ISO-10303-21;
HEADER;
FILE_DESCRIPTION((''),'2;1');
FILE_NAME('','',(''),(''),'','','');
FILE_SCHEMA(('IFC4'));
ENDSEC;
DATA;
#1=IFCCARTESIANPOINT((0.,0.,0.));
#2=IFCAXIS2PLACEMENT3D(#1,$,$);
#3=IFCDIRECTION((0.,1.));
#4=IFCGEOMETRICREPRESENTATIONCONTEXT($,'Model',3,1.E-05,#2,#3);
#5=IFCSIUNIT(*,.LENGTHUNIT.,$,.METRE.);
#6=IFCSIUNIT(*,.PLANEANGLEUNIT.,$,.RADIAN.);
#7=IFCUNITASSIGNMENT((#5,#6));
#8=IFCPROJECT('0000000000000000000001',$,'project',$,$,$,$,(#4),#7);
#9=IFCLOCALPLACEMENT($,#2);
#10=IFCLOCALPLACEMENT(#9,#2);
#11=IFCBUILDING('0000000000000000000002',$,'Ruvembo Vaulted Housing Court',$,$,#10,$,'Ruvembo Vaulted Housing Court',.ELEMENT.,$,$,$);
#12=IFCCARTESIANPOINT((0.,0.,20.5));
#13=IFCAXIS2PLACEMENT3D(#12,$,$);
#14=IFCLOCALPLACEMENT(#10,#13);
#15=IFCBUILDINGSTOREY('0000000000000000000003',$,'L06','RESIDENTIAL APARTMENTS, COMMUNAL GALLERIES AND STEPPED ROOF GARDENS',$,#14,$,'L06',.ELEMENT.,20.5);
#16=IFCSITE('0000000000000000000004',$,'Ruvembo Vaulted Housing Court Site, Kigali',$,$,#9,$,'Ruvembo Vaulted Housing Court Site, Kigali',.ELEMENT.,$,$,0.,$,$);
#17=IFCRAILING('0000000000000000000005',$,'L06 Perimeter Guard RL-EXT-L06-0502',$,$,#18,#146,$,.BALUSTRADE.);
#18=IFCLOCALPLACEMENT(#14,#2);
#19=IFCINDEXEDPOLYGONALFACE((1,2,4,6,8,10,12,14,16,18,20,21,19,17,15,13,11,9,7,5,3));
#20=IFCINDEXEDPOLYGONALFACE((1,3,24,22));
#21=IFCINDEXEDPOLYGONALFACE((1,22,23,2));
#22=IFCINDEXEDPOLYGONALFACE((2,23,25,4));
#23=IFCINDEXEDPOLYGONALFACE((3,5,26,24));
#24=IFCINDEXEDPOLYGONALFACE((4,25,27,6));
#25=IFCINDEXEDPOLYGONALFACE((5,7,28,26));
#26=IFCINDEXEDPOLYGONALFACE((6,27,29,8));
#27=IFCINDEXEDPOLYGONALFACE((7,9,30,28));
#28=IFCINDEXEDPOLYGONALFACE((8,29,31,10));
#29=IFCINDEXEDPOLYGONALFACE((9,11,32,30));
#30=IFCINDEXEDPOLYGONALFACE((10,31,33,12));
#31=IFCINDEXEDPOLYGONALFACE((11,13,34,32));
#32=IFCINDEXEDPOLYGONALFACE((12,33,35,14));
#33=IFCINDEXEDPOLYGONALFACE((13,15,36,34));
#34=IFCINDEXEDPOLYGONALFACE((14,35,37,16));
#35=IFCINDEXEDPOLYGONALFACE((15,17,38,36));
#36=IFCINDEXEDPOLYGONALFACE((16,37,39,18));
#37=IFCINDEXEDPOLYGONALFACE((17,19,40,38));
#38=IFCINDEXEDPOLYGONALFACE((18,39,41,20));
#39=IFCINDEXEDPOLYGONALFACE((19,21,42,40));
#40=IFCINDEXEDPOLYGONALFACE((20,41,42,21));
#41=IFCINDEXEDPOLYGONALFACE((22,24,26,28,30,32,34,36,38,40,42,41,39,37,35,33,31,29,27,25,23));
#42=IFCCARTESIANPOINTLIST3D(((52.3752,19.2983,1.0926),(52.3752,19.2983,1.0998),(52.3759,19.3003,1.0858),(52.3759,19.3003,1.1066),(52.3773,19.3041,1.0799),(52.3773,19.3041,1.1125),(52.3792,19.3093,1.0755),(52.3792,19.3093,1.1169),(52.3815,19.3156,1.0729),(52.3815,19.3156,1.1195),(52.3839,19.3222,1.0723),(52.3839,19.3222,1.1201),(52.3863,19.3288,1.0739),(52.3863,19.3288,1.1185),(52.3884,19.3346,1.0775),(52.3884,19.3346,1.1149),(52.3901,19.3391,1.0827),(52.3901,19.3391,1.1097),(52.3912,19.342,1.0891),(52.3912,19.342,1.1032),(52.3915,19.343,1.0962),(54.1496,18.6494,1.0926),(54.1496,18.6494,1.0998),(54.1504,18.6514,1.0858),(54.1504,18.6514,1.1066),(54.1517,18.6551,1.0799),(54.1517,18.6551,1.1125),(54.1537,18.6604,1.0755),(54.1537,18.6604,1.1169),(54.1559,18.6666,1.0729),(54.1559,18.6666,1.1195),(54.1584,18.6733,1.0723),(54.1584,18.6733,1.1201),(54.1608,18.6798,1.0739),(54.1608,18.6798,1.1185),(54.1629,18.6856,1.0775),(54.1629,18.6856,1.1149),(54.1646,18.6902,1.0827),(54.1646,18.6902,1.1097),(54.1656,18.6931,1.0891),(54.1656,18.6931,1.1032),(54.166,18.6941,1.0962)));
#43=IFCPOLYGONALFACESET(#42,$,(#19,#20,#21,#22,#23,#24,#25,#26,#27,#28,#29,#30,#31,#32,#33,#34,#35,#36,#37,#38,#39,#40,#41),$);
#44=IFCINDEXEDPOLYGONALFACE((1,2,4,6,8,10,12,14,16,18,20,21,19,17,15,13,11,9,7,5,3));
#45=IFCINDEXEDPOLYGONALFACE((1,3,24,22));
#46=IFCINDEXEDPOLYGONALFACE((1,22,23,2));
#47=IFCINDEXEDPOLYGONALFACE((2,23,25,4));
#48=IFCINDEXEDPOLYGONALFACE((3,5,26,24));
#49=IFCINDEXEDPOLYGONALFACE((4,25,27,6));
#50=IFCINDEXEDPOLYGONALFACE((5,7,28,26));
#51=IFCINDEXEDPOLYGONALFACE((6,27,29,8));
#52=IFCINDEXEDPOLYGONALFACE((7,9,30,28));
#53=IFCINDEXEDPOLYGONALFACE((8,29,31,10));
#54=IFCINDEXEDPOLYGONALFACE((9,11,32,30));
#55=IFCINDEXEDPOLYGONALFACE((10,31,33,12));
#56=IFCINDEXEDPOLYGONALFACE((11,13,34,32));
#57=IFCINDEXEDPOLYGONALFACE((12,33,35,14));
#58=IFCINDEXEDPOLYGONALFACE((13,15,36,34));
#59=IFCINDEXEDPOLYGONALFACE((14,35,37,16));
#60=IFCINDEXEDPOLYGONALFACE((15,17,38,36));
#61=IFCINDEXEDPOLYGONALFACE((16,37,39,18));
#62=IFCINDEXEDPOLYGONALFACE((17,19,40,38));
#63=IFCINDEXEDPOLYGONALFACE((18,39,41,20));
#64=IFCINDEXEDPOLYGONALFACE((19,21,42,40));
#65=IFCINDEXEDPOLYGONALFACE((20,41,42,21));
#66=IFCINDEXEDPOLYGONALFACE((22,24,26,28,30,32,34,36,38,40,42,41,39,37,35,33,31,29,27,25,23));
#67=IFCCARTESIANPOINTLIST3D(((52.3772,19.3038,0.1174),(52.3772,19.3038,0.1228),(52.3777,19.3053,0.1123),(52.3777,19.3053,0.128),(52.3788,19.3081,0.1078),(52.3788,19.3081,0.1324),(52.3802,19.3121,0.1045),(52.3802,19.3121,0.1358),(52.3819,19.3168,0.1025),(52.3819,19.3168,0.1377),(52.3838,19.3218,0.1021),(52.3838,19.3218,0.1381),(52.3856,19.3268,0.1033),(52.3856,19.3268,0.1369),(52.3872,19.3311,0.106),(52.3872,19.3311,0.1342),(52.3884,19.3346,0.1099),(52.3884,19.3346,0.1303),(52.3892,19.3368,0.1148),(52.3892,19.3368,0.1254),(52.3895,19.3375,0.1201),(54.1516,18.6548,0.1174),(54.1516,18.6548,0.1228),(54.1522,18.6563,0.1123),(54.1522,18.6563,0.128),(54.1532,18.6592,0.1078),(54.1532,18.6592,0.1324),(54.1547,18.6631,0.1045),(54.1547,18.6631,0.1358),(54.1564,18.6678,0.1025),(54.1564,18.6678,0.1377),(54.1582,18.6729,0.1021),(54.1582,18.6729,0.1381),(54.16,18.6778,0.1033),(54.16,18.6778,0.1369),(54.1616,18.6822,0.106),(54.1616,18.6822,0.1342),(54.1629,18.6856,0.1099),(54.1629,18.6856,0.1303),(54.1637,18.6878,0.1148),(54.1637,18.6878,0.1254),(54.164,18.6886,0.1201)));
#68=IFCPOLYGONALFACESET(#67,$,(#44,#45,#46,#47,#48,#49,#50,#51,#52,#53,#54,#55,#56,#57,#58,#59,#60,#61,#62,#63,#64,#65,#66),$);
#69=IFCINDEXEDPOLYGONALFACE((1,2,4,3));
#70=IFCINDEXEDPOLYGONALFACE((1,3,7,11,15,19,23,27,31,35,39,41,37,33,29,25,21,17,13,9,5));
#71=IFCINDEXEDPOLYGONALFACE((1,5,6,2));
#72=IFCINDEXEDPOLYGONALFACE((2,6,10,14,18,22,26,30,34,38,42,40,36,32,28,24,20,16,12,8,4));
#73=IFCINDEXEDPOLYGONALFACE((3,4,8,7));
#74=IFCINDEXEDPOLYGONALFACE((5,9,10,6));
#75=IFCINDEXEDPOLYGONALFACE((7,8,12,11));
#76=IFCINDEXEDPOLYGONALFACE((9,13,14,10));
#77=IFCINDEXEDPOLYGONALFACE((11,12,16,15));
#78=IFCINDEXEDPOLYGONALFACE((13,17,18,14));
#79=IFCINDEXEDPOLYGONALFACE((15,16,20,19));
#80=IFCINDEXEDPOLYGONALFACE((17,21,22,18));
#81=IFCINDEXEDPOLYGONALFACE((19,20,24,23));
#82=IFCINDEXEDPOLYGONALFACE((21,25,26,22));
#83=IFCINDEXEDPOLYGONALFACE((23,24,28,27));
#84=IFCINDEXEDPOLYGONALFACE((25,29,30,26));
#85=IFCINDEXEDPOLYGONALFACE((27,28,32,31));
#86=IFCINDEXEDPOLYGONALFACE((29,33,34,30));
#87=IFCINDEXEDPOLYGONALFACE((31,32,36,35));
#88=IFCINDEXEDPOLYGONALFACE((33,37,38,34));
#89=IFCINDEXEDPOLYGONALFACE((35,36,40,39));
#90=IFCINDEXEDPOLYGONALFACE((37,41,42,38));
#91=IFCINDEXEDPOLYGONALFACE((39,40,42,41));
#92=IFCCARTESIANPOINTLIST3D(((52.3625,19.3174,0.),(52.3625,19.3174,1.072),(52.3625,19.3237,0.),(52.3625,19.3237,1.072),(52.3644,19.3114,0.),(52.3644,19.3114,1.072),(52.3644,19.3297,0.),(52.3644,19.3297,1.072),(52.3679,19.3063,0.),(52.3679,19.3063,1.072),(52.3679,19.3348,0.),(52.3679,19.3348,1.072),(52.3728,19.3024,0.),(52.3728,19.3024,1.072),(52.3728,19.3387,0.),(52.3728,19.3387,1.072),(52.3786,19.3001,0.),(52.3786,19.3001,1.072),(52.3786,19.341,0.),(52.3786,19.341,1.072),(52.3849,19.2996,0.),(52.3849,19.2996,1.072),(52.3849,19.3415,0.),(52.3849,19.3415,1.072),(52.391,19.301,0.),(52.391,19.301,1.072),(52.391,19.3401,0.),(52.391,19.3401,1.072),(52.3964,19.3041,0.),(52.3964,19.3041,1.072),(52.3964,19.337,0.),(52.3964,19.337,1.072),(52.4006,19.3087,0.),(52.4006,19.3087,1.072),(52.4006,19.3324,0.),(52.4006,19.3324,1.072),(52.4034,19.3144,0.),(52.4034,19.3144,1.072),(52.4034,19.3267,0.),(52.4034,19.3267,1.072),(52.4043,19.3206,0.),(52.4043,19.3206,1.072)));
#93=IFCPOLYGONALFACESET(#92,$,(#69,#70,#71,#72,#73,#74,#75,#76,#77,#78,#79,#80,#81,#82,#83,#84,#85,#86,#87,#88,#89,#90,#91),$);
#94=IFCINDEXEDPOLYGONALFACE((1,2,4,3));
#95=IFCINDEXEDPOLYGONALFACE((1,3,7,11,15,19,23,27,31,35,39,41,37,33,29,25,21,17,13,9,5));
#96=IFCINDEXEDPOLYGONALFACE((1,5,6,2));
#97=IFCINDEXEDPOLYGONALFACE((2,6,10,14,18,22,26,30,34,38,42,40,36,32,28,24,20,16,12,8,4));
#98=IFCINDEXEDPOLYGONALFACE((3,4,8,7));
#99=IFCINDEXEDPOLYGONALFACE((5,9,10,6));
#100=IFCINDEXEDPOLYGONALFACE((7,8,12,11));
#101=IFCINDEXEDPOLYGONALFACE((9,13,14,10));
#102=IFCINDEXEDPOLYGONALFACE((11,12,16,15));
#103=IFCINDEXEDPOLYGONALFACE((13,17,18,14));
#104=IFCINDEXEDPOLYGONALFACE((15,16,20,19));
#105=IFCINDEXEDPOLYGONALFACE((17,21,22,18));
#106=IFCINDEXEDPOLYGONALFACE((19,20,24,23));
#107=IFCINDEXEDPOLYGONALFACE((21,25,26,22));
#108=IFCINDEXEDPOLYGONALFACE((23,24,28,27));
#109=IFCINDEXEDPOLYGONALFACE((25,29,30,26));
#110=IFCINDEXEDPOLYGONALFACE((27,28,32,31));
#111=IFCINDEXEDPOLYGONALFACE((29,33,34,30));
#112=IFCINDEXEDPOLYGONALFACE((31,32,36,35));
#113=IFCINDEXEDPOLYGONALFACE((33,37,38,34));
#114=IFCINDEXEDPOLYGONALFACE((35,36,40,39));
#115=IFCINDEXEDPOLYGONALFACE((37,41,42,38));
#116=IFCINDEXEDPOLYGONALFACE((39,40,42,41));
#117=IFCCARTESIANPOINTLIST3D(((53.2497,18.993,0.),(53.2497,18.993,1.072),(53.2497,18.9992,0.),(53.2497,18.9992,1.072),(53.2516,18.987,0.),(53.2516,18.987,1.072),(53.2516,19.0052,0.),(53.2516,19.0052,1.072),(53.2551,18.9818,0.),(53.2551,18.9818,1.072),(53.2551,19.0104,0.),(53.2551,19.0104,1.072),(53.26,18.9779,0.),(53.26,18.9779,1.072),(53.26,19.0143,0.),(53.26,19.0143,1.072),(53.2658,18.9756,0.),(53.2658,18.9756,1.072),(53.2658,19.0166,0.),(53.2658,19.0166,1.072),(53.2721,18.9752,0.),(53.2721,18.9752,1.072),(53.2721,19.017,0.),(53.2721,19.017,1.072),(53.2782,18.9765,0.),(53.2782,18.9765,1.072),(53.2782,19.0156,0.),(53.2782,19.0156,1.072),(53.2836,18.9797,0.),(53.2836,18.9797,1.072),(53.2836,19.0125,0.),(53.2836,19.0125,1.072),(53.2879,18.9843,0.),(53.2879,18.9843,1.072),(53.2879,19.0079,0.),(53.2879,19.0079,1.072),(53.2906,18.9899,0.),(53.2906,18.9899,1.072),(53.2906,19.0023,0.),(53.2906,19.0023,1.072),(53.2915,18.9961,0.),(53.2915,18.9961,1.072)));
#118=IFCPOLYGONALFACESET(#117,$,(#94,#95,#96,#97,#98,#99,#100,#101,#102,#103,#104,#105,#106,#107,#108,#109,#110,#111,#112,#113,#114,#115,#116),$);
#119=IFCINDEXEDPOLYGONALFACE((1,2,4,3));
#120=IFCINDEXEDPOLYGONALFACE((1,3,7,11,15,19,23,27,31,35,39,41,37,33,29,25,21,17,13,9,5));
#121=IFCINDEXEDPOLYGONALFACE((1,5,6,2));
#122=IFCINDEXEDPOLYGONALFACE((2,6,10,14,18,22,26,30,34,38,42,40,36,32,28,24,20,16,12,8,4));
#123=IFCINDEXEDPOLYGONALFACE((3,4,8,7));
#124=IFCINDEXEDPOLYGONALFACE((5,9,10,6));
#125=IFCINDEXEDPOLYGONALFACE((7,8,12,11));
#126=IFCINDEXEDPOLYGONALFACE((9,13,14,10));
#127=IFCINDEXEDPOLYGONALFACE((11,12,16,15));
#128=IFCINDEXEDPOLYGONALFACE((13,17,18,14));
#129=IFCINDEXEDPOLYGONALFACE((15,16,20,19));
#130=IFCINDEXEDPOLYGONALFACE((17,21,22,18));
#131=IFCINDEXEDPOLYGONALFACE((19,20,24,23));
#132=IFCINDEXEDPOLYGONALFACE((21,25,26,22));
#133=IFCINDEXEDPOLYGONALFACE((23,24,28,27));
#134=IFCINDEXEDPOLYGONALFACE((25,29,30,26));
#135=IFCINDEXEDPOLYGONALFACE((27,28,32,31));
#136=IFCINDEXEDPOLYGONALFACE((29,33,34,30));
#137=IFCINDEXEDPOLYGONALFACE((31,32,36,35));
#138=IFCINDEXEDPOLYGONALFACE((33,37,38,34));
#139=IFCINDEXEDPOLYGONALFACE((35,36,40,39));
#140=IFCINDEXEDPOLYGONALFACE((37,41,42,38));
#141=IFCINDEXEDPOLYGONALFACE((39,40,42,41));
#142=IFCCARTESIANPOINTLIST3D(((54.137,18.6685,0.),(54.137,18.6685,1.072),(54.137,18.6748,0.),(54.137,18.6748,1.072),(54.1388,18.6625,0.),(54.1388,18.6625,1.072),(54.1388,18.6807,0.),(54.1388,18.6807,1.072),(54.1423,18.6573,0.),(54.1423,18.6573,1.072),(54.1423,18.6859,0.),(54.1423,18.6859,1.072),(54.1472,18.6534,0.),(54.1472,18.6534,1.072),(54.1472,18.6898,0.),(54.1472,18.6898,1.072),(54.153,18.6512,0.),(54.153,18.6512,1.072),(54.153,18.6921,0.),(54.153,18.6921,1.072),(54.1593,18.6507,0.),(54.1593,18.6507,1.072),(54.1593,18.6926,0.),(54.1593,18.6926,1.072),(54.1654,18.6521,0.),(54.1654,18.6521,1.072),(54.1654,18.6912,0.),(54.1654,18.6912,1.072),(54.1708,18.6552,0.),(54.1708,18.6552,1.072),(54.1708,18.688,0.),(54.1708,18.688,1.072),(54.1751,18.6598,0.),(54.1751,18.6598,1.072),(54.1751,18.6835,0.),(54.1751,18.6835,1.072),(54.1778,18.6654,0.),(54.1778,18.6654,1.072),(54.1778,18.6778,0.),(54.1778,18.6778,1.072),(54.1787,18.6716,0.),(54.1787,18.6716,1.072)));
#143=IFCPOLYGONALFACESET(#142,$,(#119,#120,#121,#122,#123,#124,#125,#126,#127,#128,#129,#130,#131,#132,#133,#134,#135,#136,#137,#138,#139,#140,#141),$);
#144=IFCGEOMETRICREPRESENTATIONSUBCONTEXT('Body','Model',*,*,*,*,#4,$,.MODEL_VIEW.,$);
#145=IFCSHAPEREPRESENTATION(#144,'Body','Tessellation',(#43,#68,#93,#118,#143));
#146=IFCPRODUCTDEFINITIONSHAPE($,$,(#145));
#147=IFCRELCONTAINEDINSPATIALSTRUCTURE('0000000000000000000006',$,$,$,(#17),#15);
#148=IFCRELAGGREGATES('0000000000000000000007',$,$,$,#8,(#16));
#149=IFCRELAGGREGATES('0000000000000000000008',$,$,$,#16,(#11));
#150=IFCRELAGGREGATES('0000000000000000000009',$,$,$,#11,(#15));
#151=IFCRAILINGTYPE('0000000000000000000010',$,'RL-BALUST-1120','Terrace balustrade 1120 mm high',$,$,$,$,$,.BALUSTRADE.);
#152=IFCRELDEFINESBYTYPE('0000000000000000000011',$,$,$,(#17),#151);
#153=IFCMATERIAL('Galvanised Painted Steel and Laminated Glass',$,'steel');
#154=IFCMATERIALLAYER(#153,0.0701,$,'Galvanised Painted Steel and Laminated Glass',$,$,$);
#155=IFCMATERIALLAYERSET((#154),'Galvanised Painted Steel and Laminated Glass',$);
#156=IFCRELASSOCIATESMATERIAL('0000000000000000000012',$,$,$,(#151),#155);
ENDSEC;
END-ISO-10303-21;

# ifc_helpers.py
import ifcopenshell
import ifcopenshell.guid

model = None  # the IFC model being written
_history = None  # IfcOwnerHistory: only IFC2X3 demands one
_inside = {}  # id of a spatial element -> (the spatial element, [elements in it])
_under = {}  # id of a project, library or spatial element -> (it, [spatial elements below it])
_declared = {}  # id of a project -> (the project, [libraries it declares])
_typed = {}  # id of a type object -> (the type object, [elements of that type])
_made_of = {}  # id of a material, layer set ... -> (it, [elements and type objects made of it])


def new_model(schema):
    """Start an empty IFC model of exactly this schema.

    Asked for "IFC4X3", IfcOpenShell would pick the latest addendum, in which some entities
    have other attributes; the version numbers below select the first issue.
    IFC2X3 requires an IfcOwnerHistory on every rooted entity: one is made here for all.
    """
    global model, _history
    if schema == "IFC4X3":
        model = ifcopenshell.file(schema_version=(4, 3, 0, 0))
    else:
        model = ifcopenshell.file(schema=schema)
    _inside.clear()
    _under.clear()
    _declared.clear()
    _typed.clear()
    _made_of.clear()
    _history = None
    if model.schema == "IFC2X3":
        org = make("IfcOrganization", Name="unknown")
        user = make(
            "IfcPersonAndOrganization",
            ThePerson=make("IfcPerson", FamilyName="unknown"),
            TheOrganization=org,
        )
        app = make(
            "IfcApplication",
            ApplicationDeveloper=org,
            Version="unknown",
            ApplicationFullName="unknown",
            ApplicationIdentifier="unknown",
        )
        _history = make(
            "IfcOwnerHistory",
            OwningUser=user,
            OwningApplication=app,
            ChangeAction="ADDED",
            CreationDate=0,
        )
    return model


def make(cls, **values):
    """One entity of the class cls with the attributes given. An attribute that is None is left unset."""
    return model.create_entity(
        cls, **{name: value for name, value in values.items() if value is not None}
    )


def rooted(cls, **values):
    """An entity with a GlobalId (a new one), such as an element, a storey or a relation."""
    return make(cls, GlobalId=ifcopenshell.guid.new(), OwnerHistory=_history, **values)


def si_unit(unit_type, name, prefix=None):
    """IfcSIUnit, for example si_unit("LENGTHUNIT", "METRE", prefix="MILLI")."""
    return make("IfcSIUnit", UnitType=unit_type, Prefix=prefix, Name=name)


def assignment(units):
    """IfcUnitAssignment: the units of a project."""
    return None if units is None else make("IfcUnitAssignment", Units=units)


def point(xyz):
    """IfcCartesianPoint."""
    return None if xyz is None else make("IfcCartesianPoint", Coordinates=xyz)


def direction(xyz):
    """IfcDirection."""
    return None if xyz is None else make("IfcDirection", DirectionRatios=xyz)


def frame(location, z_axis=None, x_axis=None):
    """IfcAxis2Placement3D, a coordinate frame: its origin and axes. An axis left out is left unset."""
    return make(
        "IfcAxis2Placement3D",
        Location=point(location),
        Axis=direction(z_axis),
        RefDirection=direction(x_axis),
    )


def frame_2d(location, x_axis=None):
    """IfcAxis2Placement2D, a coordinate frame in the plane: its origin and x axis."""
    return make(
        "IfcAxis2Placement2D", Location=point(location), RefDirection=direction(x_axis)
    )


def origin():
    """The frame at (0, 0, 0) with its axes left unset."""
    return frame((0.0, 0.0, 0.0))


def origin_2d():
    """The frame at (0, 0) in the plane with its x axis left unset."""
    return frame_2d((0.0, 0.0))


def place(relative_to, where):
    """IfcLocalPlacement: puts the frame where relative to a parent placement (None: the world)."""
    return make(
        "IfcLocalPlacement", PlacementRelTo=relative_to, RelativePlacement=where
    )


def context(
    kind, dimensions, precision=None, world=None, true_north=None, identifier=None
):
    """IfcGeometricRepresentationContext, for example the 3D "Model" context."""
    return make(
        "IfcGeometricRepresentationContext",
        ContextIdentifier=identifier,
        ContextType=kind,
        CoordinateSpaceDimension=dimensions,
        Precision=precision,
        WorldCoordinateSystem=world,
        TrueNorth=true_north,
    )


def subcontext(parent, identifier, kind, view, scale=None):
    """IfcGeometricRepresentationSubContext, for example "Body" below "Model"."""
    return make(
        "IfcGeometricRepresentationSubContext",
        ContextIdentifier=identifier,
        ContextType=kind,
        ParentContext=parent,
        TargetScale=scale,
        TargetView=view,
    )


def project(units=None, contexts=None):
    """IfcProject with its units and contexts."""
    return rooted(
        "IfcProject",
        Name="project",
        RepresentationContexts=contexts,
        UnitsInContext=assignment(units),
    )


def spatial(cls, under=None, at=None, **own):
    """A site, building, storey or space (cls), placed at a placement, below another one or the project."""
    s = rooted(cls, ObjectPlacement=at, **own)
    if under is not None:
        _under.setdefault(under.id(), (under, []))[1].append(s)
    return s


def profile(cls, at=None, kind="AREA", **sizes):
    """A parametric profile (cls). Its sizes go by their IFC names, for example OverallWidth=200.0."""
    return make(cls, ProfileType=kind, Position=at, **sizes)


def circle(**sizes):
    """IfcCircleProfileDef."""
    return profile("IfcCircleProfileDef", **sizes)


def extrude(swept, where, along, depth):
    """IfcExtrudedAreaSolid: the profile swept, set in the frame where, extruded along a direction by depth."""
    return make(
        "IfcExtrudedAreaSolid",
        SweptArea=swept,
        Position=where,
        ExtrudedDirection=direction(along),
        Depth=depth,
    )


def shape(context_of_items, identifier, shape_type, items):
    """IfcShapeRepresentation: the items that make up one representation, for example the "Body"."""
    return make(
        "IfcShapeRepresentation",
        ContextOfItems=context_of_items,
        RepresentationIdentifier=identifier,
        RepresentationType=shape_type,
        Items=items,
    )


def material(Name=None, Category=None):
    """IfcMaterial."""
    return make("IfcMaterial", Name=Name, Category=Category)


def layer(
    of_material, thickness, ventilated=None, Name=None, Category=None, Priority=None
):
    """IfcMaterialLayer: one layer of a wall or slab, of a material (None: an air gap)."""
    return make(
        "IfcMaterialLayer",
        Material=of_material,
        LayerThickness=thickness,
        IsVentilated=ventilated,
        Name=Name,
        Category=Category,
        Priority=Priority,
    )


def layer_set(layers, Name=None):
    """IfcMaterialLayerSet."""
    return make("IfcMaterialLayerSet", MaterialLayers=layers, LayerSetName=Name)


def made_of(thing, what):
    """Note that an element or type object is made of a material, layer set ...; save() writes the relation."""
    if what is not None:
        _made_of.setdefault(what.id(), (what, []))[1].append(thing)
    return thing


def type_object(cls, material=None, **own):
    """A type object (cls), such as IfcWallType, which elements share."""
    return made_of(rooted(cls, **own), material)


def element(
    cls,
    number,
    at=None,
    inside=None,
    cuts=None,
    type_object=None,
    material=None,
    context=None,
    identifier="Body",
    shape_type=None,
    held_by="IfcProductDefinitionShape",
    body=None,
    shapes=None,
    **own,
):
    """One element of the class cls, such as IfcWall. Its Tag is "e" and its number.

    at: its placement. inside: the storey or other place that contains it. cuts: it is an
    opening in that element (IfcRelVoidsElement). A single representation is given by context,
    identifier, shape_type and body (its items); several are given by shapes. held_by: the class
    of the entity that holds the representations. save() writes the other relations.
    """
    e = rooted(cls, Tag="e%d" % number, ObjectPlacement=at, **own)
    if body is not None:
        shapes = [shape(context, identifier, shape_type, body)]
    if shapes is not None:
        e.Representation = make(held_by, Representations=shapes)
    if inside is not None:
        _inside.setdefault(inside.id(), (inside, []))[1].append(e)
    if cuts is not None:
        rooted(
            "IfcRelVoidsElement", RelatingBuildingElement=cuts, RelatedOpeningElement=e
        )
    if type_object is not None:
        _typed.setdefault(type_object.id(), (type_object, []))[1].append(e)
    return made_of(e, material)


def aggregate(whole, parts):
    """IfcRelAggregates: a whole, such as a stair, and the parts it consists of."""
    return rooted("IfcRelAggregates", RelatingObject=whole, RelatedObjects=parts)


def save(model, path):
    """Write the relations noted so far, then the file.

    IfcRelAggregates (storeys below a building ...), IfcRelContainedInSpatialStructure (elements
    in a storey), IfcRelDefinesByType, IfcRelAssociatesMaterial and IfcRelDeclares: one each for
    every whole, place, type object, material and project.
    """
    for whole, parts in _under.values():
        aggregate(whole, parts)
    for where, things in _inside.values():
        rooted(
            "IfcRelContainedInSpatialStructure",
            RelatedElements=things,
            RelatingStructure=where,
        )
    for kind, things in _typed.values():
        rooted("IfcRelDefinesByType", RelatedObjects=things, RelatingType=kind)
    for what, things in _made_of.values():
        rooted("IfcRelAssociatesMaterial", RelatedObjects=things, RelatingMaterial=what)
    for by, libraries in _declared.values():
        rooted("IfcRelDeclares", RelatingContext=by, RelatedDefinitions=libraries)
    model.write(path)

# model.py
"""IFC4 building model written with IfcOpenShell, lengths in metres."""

from ifc_helpers import new_model, si_unit, direction, frame, origin, origin_2d, place, context, subcontext, project, spatial, circle, extrude, material, layer, layer_set, type_object, element, save


model = new_model("IFC4")

# Units and contexts
model_context = context("Model", 3, precision=1e-05, world=origin(), true_north=direction((0.0, 1.0)))
body_context = subcontext(model_context, "Body", "Model", "MODEL_VIEW")
ifc_project = project(units=[si_unit("LENGTHUNIT", "METRE"), si_unit("PLANEANGLEUNIT", "RADIAN")], contexts=[model_context])

# Site, building, storey
site_placement = place(None, origin())
site = spatial("IfcSite", under=ifc_project, at=site_placement, Name="Ruvembo Vaulted Housing Court Site, Kigali", LongName="Ruvembo Vaulted Housing Court Site, Kigali", CompositionType="ELEMENT", RefElevation=0.0)
building_placement = place(site_placement, origin())
building = spatial("IfcBuilding", under=site, at=building_placement, Name="Ruvembo Vaulted Housing Court", LongName="Ruvembo Vaulted Housing Court", CompositionType="ELEMENT")
storey_placement = place(building_placement, frame((0.0, 0.0, 20.5)))
storey = spatial("IfcBuildingStorey", under=building, at=storey_placement, Name="L06", Description="RESIDENTIAL APARTMENTS, COMMUNAL GALLERIES AND STEPPED ROOF GARDENS", LongName="L06", CompositionType="ELEMENT", Elevation=20.5)

# Railing
ifc_material_1 = material(Name="Galvanised Painted Steel and Laminated Glass", Category="steel")
ifc_layer = layer(ifc_material_1, 0.0701, Name="Galvanised Painted Steel and Laminated Glass")
ifc_layer_set = layer_set([ifc_layer], Name="Galvanised Painted Steel and Laminated Glass")
railing_type = type_object("IfcRailingType", Name="RL-BALUST-1120", Description="Terrace balustrade 1120 mm high", PredefinedType="BALUSTRADE", material=ifc_layer_set)
railing_1_placement = place(storey_placement, frame((52.3833, 19.3206, 0.0)))
element("IfcRailing", 1, at=railing_1_placement, inside=storey, type_object=railing_type, Name="L06 Perimeter Guard RL-EXT-L06-0502", PredefinedType="BALUSTRADE", context=body_context, shape_type="SweptSolid", body=[
    extrude(circle(Radius=0.0239, at=origin_2d()), frame((0.0, 0.0, 1.0962), z_axis=(0.939166, -0.343465, 0.0), x_axis=(0.343465, 0.939166, 0.0)), (0.0, 0.0, 1.0), 1.8894),
    extrude(circle(Radius=0.0181, at=origin_2d()), frame((0.0, 0.0, 0.1201), z_axis=(0.939166, -0.343465, 0.0), x_axis=(0.343465, 0.939166, 0.0)), (0.0, 0.0, 1.0), 1.8894),
    extrude(circle(Radius=0.021, at=origin_2d()), origin(), (0.0, 0.0, 1.0), 1.072),
    extrude(circle(Radius=0.021, at=origin_2d()), frame((0.8872, -0.3245, 0.0)), (0.0, 0.0, 1.0), 1.072),
    extrude(circle(Radius=0.021, at=origin_2d()), frame((1.7744, -0.6489, 0.0)), (0.0, 0.0, 1.0), 1.072),
])

save(model, "model.ifc")
